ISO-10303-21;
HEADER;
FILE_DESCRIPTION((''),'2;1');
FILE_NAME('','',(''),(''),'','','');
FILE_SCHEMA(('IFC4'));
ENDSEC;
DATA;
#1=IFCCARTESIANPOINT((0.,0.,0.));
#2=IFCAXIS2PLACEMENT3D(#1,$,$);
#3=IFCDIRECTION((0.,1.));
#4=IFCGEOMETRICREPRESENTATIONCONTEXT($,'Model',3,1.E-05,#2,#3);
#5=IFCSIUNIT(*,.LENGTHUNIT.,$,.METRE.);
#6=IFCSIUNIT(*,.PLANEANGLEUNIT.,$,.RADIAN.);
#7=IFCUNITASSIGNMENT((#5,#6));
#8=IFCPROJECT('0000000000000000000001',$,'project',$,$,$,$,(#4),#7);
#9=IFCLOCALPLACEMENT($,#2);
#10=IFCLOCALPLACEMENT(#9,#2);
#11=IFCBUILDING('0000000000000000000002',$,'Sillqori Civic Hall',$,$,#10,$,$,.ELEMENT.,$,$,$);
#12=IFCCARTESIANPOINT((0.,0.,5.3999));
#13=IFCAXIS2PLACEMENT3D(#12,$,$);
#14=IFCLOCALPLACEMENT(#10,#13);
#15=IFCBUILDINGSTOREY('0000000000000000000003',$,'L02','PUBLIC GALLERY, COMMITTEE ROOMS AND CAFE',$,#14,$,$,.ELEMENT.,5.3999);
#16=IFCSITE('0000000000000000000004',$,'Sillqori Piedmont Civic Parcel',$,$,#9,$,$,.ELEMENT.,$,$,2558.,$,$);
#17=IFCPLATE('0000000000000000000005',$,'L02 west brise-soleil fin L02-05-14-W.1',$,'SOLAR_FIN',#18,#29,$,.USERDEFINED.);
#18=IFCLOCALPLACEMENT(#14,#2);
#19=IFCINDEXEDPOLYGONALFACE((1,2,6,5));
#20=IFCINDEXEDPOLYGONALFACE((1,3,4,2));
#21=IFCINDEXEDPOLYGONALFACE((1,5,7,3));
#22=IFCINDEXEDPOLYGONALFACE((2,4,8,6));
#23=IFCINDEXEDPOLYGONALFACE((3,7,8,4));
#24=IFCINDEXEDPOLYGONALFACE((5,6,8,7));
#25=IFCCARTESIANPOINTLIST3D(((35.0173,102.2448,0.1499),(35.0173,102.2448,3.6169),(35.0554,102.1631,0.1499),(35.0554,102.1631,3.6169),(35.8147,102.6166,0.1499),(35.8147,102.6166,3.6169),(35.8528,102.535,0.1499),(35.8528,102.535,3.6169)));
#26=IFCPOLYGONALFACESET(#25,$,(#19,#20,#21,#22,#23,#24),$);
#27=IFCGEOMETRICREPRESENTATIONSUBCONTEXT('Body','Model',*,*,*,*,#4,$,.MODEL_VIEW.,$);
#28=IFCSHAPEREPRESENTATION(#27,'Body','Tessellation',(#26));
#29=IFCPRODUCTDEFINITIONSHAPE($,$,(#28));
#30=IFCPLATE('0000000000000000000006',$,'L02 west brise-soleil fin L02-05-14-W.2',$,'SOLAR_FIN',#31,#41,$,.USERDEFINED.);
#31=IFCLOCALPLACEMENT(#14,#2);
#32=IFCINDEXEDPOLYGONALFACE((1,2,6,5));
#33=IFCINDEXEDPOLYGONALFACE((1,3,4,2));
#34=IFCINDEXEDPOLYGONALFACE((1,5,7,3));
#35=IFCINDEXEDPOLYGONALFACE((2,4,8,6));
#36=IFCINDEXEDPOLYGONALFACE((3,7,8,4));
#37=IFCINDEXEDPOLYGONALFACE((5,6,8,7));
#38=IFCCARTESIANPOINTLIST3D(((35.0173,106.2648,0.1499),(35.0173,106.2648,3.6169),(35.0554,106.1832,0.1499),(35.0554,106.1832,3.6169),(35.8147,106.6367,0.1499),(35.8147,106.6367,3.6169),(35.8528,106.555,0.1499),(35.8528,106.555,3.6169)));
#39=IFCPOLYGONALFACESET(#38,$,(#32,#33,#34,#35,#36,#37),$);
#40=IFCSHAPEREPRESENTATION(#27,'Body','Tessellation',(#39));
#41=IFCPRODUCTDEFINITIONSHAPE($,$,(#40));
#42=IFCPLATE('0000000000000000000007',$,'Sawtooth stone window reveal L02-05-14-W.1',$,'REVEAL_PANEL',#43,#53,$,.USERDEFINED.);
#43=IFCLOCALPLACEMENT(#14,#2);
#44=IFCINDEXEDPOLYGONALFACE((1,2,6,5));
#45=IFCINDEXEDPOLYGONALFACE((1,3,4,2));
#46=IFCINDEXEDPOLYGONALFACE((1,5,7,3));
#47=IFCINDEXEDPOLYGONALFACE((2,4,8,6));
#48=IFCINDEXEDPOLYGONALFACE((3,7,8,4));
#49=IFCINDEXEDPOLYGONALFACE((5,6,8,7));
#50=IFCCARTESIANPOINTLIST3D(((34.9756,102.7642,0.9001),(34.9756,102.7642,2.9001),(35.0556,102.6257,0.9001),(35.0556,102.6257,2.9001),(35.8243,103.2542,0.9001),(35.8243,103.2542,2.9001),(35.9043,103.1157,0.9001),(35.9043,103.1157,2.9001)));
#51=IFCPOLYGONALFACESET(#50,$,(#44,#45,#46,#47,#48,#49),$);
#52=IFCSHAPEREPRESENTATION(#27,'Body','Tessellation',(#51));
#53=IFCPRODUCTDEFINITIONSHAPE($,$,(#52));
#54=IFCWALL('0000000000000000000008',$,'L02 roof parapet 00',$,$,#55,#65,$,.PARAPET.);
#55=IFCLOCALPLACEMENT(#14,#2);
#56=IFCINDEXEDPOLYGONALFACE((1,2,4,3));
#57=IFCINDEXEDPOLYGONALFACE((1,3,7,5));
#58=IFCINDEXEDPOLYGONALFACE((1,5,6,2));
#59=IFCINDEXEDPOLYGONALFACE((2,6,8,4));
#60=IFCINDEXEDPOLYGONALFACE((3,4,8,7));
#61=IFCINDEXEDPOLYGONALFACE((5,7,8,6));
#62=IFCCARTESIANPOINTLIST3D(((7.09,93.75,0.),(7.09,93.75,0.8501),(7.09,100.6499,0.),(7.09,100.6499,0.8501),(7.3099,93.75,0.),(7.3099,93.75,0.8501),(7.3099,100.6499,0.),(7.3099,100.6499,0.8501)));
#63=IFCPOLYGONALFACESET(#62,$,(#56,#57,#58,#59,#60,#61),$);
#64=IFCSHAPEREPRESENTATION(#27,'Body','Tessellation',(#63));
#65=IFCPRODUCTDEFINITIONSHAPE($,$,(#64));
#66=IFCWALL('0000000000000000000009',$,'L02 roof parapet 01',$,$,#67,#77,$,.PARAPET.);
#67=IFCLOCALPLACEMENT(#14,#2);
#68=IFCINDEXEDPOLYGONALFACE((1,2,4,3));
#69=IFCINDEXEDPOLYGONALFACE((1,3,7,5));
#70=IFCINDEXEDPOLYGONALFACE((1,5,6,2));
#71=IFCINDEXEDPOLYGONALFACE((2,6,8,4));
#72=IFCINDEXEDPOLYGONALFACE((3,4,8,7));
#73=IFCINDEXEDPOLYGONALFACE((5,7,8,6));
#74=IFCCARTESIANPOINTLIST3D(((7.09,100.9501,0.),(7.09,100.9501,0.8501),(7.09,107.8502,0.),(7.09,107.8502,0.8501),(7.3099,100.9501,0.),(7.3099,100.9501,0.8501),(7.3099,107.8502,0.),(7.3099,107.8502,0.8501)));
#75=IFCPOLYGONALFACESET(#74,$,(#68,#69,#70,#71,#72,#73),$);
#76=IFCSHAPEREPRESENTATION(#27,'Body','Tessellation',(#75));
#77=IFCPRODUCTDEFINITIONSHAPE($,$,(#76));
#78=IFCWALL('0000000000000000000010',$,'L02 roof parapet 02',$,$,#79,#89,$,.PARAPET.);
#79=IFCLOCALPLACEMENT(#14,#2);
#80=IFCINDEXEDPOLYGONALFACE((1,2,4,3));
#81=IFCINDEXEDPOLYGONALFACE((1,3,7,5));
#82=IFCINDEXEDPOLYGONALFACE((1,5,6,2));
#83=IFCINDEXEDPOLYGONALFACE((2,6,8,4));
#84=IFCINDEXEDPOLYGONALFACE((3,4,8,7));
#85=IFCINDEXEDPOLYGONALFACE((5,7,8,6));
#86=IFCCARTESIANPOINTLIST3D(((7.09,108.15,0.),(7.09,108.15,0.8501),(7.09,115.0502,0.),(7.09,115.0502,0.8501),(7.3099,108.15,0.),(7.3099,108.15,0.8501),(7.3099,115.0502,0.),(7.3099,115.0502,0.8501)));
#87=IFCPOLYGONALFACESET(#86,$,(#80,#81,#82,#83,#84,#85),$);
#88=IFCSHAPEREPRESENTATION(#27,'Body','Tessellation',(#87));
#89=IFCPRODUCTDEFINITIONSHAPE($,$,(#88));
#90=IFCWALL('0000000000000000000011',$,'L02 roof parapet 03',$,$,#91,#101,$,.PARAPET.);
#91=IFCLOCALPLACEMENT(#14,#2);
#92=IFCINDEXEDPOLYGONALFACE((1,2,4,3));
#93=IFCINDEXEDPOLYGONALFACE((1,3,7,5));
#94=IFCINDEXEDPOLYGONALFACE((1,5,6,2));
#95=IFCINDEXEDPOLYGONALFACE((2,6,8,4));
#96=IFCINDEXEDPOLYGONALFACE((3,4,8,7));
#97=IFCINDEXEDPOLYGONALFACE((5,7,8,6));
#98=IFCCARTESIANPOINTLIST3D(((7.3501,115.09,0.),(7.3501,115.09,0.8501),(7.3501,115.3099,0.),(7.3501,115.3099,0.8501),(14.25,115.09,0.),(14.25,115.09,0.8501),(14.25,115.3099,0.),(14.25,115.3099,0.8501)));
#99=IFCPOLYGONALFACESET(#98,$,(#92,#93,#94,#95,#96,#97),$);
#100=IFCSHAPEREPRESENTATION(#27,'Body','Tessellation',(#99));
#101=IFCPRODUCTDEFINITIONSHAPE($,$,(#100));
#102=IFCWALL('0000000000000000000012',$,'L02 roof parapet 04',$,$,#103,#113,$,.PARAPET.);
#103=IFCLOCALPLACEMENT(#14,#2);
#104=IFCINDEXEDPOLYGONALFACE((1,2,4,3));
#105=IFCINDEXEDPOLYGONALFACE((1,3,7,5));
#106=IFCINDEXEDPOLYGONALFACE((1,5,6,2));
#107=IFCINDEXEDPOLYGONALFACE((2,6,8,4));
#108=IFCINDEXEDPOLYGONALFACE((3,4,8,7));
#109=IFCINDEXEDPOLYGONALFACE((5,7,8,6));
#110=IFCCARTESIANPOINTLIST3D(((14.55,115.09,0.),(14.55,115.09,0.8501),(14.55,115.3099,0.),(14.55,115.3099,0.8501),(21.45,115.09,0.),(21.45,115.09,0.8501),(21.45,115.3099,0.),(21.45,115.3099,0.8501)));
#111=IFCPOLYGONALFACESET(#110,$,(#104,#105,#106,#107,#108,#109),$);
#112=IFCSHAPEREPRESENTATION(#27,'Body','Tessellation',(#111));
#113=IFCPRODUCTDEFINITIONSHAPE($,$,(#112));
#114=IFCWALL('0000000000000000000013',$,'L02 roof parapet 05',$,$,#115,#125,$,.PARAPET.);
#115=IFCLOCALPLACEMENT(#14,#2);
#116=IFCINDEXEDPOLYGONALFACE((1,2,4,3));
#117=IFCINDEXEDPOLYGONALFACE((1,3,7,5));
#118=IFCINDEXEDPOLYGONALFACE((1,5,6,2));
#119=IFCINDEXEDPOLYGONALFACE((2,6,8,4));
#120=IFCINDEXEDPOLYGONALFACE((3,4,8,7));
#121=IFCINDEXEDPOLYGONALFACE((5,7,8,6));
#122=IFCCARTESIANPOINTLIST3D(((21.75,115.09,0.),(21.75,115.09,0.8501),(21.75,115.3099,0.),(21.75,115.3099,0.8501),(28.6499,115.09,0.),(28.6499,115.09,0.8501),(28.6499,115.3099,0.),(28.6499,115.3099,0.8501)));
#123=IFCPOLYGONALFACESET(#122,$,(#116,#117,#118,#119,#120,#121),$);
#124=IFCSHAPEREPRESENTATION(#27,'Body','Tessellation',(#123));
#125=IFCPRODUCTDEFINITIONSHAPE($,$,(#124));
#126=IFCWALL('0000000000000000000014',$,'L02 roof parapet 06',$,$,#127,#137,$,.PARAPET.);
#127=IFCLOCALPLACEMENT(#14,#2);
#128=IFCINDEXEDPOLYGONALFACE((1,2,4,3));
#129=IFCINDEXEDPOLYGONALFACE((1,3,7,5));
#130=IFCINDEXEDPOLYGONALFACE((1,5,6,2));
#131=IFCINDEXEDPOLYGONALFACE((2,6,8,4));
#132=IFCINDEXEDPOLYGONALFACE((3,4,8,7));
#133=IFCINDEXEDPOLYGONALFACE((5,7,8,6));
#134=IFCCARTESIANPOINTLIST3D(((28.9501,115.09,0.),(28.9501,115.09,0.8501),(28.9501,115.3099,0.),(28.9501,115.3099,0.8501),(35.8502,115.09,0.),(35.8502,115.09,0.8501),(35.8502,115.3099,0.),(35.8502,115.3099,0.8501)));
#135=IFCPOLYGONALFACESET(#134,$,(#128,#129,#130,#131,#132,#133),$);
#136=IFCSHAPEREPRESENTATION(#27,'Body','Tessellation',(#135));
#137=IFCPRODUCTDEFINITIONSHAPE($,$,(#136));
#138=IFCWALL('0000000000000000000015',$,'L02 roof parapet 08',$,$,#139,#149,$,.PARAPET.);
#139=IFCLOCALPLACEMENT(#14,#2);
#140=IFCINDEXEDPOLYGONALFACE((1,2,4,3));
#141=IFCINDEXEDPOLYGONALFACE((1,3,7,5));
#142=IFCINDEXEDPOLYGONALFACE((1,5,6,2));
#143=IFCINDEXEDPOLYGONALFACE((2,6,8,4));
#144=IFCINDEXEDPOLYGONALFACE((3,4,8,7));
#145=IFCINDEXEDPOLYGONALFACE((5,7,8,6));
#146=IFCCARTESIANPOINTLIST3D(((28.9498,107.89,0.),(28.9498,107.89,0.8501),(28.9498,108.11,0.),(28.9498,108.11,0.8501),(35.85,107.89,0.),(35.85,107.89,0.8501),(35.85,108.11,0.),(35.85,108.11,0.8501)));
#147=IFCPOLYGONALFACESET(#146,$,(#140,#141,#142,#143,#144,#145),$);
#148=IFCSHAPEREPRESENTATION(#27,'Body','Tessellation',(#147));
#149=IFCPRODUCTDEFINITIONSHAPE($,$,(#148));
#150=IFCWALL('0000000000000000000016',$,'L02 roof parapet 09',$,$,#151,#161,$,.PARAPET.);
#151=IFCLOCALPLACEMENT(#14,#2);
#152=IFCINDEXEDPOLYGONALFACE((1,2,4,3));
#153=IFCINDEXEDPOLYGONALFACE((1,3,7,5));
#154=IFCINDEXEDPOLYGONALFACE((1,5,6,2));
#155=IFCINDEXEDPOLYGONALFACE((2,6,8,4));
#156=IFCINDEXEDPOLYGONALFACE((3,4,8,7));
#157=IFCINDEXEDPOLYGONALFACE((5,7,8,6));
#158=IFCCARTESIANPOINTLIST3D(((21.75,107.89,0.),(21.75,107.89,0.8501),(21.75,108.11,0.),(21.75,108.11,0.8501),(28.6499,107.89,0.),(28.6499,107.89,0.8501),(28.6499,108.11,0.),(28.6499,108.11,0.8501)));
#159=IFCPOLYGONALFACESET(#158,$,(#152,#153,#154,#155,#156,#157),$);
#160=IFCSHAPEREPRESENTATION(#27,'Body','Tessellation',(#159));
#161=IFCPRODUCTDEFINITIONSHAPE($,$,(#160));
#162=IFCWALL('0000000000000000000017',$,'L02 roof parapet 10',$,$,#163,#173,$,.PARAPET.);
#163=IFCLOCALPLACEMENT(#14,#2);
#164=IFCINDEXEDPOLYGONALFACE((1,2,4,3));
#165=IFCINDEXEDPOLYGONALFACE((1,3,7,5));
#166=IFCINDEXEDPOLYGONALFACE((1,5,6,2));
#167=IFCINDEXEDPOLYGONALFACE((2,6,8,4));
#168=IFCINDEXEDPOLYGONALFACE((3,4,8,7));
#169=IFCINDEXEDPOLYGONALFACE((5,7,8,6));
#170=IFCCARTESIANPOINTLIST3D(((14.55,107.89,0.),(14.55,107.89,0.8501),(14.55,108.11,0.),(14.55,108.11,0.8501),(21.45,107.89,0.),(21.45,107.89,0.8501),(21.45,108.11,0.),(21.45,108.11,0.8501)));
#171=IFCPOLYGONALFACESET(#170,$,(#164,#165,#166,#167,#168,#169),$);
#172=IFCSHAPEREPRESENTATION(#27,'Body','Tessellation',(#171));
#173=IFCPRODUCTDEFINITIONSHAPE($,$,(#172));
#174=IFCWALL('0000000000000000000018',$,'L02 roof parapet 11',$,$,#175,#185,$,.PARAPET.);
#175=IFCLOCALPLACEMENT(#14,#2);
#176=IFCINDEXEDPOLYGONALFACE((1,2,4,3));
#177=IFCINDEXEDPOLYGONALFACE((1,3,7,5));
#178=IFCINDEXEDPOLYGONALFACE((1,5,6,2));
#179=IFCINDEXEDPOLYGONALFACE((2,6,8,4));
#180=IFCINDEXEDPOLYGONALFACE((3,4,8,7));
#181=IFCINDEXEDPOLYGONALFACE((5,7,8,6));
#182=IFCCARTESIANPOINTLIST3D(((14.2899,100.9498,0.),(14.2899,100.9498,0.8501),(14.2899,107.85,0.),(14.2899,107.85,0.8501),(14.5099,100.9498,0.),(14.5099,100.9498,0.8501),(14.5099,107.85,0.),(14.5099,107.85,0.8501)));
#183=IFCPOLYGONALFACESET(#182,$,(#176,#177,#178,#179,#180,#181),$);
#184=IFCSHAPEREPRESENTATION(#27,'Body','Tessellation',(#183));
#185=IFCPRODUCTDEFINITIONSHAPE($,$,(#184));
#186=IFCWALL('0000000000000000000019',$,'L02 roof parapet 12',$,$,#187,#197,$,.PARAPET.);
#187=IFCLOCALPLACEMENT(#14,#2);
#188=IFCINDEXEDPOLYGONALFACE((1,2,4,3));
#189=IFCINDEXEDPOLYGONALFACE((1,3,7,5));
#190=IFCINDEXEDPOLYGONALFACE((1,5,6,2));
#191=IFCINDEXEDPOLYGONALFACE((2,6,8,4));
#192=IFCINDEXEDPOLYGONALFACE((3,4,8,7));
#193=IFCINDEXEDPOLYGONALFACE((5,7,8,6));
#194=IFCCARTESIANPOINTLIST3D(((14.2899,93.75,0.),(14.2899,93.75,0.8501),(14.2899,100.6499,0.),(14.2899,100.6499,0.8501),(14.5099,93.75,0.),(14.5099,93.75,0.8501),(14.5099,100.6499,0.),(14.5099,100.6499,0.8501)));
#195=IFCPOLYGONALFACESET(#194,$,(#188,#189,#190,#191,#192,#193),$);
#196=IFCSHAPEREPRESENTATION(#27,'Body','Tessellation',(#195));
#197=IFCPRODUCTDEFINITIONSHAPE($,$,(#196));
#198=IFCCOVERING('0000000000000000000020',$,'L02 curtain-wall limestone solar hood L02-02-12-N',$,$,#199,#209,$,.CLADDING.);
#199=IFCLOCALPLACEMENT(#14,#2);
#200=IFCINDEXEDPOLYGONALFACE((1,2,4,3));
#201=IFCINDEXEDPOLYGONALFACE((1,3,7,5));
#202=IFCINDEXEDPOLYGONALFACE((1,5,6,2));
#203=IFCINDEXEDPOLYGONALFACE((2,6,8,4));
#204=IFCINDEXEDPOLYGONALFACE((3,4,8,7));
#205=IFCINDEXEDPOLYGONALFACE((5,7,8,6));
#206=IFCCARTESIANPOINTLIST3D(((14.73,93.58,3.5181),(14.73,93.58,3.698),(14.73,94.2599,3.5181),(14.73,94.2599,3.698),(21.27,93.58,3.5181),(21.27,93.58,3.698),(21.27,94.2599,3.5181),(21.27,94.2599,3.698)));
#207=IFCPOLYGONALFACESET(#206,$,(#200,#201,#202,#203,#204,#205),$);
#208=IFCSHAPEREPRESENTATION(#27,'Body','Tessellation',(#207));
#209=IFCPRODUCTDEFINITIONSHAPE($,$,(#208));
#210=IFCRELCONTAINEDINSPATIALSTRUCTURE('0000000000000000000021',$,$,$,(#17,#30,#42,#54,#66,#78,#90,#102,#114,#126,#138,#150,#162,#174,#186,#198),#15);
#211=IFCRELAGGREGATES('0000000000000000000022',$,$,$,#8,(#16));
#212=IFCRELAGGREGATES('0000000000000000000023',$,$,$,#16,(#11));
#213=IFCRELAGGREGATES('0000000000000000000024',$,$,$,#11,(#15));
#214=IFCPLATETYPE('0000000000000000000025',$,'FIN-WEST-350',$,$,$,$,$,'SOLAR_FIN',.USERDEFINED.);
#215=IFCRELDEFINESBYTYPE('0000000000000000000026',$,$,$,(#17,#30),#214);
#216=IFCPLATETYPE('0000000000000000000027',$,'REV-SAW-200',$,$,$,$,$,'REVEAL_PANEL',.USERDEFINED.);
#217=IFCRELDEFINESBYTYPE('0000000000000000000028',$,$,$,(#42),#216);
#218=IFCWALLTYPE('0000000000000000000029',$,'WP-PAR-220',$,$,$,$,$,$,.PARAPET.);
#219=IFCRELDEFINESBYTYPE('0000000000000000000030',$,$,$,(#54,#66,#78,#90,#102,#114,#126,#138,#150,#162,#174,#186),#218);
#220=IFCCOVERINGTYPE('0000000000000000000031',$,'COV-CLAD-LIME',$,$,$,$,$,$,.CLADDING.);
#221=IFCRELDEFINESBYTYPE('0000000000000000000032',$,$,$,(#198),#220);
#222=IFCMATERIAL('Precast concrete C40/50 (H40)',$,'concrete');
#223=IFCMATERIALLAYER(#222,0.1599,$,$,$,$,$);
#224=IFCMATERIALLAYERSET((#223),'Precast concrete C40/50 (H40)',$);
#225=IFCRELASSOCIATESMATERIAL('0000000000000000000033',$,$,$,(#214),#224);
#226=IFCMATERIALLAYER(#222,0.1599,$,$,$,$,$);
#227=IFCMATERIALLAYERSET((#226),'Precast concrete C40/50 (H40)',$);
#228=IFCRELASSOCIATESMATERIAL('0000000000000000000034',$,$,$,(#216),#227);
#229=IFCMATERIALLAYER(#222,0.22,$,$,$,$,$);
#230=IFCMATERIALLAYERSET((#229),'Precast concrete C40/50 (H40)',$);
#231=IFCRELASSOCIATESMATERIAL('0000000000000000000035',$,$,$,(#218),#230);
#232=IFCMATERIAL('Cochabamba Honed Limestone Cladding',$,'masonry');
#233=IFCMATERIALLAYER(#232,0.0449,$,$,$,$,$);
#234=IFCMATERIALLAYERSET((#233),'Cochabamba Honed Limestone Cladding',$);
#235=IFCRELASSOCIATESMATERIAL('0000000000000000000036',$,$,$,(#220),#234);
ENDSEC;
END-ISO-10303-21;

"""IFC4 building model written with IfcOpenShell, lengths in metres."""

from ifc_helpers import new_model, si_unit, direction, frame, frame_2d, origin, origin_2d, place, context, subcontext, project, spatial, rectangle, extrude, material, layer, layer_set, type_object, element, save


model = new_model("IFC4")

# Units and contexts
model_context = context("Model", 3, precision=1e-05, world=origin(), true_north=direction((0.0, 1.0)))
body_context = subcontext(model_context, "Body", "Model", "MODEL_VIEW")
ifc_project = project(units=[si_unit("LENGTHUNIT", "METRE"), si_unit("PLANEANGLEUNIT", "RADIAN")], contexts=[model_context])

# Site, building, storey
site_placement = place(None, origin())
site = spatial("IfcSite", under=ifc_project, at=site_placement, Name="Sillqori Piedmont Civic Parcel", CompositionType="ELEMENT", RefElevation=2558.0)
building_placement = place(site_placement, origin())
building = spatial("IfcBuilding", under=site, at=building_placement, Name="Sillqori Civic Hall", CompositionType="ELEMENT")
storey_placement = place(building_placement, frame((0.0, 0.0, 5.3999)))
storey = spatial("IfcBuildingStorey", under=building, at=storey_placement, Name="L02", Description="PUBLIC GALLERY, COMMITTEE ROOMS AND CAFE", CompositionType="ELEMENT", Elevation=5.3999)

# Plates
ifc_material_1 = material(Name="Precast concrete C40/50 (H40)", Category="concrete")
ifc_layer_1 = layer(ifc_material_1, 0.1599)
ifc_layer_set_1 = layer_set([ifc_layer_1], Name="Precast concrete C40/50 (H40)")
plate_type_1 = type_object("IfcPlateType", Name="FIN-WEST-350", ElementType="SOLAR_FIN", PredefinedType="USERDEFINED", material=ifc_layer_set_1)
for number, where, z_axis, x_axis, name in (
    (1, (35.4351, 102.3899, 0.1499), (0.0, 0.0, 1.0), (-0.422618, 0.906308, 0.0), "L02 west brise-soleil fin L02-05-14-W.1"),
    (2, (35.4351, 106.4099, 0.1499), (0.0, 0.0, 1.0), (-0.422618, 0.906308, 0.0), "L02 west brise-soleil fin L02-05-14-W.2"),
):
    element("IfcPlate", number, at=place(storey_placement, frame(where, z_axis=z_axis, x_axis=x_axis)), inside=storey, type_object=plate_type_1, Name=name, ObjectType="SOLAR_FIN", PredefinedType="USERDEFINED", context=body_context, shape_type="SweptSolid", body=[
        extrude(rectangle(XDim=0.0901, YDim=0.8799, at=origin_2d()), origin(), (0.0, 0.0, 1.0), 3.467),
    ])
ifc_layer_2 = layer(ifc_material_1, 0.1599)
ifc_layer_set_2 = layer_set([ifc_layer_2], Name="Precast concrete C40/50 (H40)")
plate_type_2 = type_object("IfcPlateType", Name="REV-SAW-200", ElementType="REVEAL_PANEL", PredefinedType="USERDEFINED", material=ifc_layer_set_2)
plate_placement = place(storey_placement, frame((35.4399, 102.9399, 0.9001), z_axis=(0.0, 0.0, 1.0), x_axis=(-0.5, 0.866025, 0.0)))
element("IfcPlate", 3, at=plate_placement, inside=storey, type_object=plate_type_2, Name="Sawtooth stone window reveal L02-05-14-W.1", ObjectType="REVEAL_PANEL", PredefinedType="USERDEFINED", context=body_context, shape_type="SweptSolid", body=[
    extrude(rectangle(XDim=0.1599, YDim=0.98, at=origin_2d()), origin(), (0.0, 0.0, 1.0), 2.0),
])

# Walls
ifc_layer_3 = layer(ifc_material_1, 0.22)
ifc_layer_set_3 = layer_set([ifc_layer_3], Name="Precast concrete C40/50 (H40)")
wall_type = type_object("IfcWallType", Name="WP-PAR-220", PredefinedType="PARAPET", material=ifc_layer_set_3)
wall_1_placement = place(storey_placement, frame((7.2, 93.75, 0.0), z_axis=(0.0, 0.0, 1.0), x_axis=(0.0, 1.0, 0.0)))
element("IfcWall", 4, at=wall_1_placement, inside=storey, type_object=wall_type, Name="L02 roof parapet 00", PredefinedType="PARAPET", context=body_context, shape_type="SweptSolid", body=[
    extrude(rectangle(XDim=6.8999, YDim=0.22, at=frame_2d((3.45, 0.0))), origin(), (0.0, 0.0, 1.0), 0.8501),
])
for number, where, z_axis, x_axis, name in (
    (5, (7.2, 100.95, 0.0), (0.0, 0.0, 1.0), (0.0, 1.0, 0.0), "L02 roof parapet 01"),
    (6, (7.2, 108.1499, 0.0), (0.0, 0.0, 1.0), (0.0, 1.0, 0.0), "L02 roof parapet 02"),
):
    element("IfcWall", number, at=place(storey_placement, frame(where, z_axis=z_axis, x_axis=x_axis)), inside=storey, type_object=wall_type, Name=name, PredefinedType="PARAPET", context=body_context, shape_type="SweptSolid", body=[
        extrude(rectangle(XDim=6.9001, YDim=0.22, at=frame_2d((3.4502, 0.0))), origin(), (0.0, 0.0, 1.0), 0.8501),
    ])
for number, where, z_axis, x_axis, name in (
    (7, (7.3501, 115.2, 0.0), (0.0, 0.0, 1.0), (1.0, 0.0, 0.0), "L02 roof parapet 03"),
    (8, (14.55, 115.2, 0.0), (0.0, 0.0, 1.0), (1.0, 0.0, 0.0), "L02 roof parapet 04"),
    (9, (21.75, 115.2, 0.0), (0.0, 0.0, 1.0), (1.0, 0.0, 0.0), "L02 roof parapet 05"),
):
    element("IfcWall", number, at=place(storey_placement, frame(where, z_axis=z_axis, x_axis=x_axis)), inside=storey, type_object=wall_type, Name=name, PredefinedType="PARAPET", context=body_context, shape_type="SweptSolid", body=[
        extrude(rectangle(XDim=6.8999, YDim=0.22, at=frame_2d((3.45, 0.0))), origin(), (0.0, 0.0, 1.0), 0.8501),
    ])
for number, where, z_axis, x_axis, name in (
    (10, (28.95, 115.2, 0.0), (0.0, 0.0, 1.0), (1.0, 0.0, 0.0), "L02 roof parapet 06"),
    (11, (35.8501, 108.0, 0.0), (0.0, 0.0, 1.0), (-1.0, 0.0, 0.0), "L02 roof parapet 08"),
):
    element("IfcWall", number, at=place(storey_placement, frame(where, z_axis=z_axis, x_axis=x_axis)), inside=storey, type_object=wall_type, Name=name, PredefinedType="PARAPET", context=body_context, shape_type="SweptSolid", body=[
        extrude(rectangle(XDim=6.9001, YDim=0.22, at=frame_2d((3.4502, 0.0))), origin(), (0.0, 0.0, 1.0), 0.8501),
    ])
for number, where, z_axis, x_axis, name in (
    (12, (28.6499, 108.0, 0.0), (0.0, 0.0, 1.0), (-1.0, 0.0, 0.0), "L02 roof parapet 09"),
    (13, (21.45, 108.0, 0.0), (0.0, 0.0, 1.0), (-1.0, 0.0, 0.0), "L02 roof parapet 10"),
):
    element("IfcWall", number, at=place(storey_placement, frame(where, z_axis=z_axis, x_axis=x_axis)), inside=storey, type_object=wall_type, Name=name, PredefinedType="PARAPET", context=body_context, shape_type="SweptSolid", body=[
        extrude(rectangle(XDim=6.8999, YDim=0.22, at=frame_2d((3.45, 0.0))), origin(), (0.0, 0.0, 1.0), 0.8501),
    ])
wall_2_placement = place(storey_placement, frame((14.3999, 107.8501, 0.0), z_axis=(0.0, 0.0, 1.0), x_axis=(0.0, -1.0, 0.0)))
element("IfcWall", 14, at=wall_2_placement, inside=storey, type_object=wall_type, Name="L02 roof parapet 11", PredefinedType="PARAPET", context=body_context, shape_type="SweptSolid", body=[
    extrude(rectangle(XDim=6.9001, YDim=0.22, at=frame_2d((3.4502, 0.0))), origin(), (0.0, 0.0, 1.0), 0.8501),
])
wall_3_placement = place(storey_placement, frame((14.3999, 100.6499, 0.0), z_axis=(0.0, 0.0, 1.0), x_axis=(0.0, -1.0, 0.0)))
element("IfcWall", 15, at=wall_3_placement, inside=storey, type_object=wall_type, Name="L02 roof parapet 12", PredefinedType="PARAPET", context=body_context, shape_type="SweptSolid", body=[
    extrude(rectangle(XDim=6.8999, YDim=0.22, at=frame_2d((3.45, 0.0))), origin(), (0.0, 0.0, 1.0), 0.8501),
])

# Covering
ifc_material_2 = material(Name="Cochabamba Honed Limestone Cladding", Category="masonry")
ifc_layer_4 = layer(ifc_material_2, 0.0449)
ifc_layer_set_4 = layer_set([ifc_layer_4], Name="Cochabamba Honed Limestone Cladding")
covering_type = type_object("IfcCoveringType", Name="COV-CLAD-LIME", PredefinedType="CLADDING", material=ifc_layer_set_4)
covering_1_placement = place(storey_placement, frame((14.73, 93.9199, 3.5181), z_axis=(0.0, 0.0, 1.0), x_axis=(1.0, 0.0, 0.0)))
element("IfcCovering", 16, at=covering_1_placement, inside=storey, type_object=covering_type, Name="L02 curtain-wall limestone solar hood L02-02-12-N", PredefinedType="CLADDING", context=body_context, shape_type="SweptSolid", body=[
    extrude(rectangle(XDim=6.54, YDim=0.6799, at=frame_2d((3.27, 0.0))), origin(), (0.0, 0.0, 1.0), 0.1799),
])

save(model, "model.ifc")
